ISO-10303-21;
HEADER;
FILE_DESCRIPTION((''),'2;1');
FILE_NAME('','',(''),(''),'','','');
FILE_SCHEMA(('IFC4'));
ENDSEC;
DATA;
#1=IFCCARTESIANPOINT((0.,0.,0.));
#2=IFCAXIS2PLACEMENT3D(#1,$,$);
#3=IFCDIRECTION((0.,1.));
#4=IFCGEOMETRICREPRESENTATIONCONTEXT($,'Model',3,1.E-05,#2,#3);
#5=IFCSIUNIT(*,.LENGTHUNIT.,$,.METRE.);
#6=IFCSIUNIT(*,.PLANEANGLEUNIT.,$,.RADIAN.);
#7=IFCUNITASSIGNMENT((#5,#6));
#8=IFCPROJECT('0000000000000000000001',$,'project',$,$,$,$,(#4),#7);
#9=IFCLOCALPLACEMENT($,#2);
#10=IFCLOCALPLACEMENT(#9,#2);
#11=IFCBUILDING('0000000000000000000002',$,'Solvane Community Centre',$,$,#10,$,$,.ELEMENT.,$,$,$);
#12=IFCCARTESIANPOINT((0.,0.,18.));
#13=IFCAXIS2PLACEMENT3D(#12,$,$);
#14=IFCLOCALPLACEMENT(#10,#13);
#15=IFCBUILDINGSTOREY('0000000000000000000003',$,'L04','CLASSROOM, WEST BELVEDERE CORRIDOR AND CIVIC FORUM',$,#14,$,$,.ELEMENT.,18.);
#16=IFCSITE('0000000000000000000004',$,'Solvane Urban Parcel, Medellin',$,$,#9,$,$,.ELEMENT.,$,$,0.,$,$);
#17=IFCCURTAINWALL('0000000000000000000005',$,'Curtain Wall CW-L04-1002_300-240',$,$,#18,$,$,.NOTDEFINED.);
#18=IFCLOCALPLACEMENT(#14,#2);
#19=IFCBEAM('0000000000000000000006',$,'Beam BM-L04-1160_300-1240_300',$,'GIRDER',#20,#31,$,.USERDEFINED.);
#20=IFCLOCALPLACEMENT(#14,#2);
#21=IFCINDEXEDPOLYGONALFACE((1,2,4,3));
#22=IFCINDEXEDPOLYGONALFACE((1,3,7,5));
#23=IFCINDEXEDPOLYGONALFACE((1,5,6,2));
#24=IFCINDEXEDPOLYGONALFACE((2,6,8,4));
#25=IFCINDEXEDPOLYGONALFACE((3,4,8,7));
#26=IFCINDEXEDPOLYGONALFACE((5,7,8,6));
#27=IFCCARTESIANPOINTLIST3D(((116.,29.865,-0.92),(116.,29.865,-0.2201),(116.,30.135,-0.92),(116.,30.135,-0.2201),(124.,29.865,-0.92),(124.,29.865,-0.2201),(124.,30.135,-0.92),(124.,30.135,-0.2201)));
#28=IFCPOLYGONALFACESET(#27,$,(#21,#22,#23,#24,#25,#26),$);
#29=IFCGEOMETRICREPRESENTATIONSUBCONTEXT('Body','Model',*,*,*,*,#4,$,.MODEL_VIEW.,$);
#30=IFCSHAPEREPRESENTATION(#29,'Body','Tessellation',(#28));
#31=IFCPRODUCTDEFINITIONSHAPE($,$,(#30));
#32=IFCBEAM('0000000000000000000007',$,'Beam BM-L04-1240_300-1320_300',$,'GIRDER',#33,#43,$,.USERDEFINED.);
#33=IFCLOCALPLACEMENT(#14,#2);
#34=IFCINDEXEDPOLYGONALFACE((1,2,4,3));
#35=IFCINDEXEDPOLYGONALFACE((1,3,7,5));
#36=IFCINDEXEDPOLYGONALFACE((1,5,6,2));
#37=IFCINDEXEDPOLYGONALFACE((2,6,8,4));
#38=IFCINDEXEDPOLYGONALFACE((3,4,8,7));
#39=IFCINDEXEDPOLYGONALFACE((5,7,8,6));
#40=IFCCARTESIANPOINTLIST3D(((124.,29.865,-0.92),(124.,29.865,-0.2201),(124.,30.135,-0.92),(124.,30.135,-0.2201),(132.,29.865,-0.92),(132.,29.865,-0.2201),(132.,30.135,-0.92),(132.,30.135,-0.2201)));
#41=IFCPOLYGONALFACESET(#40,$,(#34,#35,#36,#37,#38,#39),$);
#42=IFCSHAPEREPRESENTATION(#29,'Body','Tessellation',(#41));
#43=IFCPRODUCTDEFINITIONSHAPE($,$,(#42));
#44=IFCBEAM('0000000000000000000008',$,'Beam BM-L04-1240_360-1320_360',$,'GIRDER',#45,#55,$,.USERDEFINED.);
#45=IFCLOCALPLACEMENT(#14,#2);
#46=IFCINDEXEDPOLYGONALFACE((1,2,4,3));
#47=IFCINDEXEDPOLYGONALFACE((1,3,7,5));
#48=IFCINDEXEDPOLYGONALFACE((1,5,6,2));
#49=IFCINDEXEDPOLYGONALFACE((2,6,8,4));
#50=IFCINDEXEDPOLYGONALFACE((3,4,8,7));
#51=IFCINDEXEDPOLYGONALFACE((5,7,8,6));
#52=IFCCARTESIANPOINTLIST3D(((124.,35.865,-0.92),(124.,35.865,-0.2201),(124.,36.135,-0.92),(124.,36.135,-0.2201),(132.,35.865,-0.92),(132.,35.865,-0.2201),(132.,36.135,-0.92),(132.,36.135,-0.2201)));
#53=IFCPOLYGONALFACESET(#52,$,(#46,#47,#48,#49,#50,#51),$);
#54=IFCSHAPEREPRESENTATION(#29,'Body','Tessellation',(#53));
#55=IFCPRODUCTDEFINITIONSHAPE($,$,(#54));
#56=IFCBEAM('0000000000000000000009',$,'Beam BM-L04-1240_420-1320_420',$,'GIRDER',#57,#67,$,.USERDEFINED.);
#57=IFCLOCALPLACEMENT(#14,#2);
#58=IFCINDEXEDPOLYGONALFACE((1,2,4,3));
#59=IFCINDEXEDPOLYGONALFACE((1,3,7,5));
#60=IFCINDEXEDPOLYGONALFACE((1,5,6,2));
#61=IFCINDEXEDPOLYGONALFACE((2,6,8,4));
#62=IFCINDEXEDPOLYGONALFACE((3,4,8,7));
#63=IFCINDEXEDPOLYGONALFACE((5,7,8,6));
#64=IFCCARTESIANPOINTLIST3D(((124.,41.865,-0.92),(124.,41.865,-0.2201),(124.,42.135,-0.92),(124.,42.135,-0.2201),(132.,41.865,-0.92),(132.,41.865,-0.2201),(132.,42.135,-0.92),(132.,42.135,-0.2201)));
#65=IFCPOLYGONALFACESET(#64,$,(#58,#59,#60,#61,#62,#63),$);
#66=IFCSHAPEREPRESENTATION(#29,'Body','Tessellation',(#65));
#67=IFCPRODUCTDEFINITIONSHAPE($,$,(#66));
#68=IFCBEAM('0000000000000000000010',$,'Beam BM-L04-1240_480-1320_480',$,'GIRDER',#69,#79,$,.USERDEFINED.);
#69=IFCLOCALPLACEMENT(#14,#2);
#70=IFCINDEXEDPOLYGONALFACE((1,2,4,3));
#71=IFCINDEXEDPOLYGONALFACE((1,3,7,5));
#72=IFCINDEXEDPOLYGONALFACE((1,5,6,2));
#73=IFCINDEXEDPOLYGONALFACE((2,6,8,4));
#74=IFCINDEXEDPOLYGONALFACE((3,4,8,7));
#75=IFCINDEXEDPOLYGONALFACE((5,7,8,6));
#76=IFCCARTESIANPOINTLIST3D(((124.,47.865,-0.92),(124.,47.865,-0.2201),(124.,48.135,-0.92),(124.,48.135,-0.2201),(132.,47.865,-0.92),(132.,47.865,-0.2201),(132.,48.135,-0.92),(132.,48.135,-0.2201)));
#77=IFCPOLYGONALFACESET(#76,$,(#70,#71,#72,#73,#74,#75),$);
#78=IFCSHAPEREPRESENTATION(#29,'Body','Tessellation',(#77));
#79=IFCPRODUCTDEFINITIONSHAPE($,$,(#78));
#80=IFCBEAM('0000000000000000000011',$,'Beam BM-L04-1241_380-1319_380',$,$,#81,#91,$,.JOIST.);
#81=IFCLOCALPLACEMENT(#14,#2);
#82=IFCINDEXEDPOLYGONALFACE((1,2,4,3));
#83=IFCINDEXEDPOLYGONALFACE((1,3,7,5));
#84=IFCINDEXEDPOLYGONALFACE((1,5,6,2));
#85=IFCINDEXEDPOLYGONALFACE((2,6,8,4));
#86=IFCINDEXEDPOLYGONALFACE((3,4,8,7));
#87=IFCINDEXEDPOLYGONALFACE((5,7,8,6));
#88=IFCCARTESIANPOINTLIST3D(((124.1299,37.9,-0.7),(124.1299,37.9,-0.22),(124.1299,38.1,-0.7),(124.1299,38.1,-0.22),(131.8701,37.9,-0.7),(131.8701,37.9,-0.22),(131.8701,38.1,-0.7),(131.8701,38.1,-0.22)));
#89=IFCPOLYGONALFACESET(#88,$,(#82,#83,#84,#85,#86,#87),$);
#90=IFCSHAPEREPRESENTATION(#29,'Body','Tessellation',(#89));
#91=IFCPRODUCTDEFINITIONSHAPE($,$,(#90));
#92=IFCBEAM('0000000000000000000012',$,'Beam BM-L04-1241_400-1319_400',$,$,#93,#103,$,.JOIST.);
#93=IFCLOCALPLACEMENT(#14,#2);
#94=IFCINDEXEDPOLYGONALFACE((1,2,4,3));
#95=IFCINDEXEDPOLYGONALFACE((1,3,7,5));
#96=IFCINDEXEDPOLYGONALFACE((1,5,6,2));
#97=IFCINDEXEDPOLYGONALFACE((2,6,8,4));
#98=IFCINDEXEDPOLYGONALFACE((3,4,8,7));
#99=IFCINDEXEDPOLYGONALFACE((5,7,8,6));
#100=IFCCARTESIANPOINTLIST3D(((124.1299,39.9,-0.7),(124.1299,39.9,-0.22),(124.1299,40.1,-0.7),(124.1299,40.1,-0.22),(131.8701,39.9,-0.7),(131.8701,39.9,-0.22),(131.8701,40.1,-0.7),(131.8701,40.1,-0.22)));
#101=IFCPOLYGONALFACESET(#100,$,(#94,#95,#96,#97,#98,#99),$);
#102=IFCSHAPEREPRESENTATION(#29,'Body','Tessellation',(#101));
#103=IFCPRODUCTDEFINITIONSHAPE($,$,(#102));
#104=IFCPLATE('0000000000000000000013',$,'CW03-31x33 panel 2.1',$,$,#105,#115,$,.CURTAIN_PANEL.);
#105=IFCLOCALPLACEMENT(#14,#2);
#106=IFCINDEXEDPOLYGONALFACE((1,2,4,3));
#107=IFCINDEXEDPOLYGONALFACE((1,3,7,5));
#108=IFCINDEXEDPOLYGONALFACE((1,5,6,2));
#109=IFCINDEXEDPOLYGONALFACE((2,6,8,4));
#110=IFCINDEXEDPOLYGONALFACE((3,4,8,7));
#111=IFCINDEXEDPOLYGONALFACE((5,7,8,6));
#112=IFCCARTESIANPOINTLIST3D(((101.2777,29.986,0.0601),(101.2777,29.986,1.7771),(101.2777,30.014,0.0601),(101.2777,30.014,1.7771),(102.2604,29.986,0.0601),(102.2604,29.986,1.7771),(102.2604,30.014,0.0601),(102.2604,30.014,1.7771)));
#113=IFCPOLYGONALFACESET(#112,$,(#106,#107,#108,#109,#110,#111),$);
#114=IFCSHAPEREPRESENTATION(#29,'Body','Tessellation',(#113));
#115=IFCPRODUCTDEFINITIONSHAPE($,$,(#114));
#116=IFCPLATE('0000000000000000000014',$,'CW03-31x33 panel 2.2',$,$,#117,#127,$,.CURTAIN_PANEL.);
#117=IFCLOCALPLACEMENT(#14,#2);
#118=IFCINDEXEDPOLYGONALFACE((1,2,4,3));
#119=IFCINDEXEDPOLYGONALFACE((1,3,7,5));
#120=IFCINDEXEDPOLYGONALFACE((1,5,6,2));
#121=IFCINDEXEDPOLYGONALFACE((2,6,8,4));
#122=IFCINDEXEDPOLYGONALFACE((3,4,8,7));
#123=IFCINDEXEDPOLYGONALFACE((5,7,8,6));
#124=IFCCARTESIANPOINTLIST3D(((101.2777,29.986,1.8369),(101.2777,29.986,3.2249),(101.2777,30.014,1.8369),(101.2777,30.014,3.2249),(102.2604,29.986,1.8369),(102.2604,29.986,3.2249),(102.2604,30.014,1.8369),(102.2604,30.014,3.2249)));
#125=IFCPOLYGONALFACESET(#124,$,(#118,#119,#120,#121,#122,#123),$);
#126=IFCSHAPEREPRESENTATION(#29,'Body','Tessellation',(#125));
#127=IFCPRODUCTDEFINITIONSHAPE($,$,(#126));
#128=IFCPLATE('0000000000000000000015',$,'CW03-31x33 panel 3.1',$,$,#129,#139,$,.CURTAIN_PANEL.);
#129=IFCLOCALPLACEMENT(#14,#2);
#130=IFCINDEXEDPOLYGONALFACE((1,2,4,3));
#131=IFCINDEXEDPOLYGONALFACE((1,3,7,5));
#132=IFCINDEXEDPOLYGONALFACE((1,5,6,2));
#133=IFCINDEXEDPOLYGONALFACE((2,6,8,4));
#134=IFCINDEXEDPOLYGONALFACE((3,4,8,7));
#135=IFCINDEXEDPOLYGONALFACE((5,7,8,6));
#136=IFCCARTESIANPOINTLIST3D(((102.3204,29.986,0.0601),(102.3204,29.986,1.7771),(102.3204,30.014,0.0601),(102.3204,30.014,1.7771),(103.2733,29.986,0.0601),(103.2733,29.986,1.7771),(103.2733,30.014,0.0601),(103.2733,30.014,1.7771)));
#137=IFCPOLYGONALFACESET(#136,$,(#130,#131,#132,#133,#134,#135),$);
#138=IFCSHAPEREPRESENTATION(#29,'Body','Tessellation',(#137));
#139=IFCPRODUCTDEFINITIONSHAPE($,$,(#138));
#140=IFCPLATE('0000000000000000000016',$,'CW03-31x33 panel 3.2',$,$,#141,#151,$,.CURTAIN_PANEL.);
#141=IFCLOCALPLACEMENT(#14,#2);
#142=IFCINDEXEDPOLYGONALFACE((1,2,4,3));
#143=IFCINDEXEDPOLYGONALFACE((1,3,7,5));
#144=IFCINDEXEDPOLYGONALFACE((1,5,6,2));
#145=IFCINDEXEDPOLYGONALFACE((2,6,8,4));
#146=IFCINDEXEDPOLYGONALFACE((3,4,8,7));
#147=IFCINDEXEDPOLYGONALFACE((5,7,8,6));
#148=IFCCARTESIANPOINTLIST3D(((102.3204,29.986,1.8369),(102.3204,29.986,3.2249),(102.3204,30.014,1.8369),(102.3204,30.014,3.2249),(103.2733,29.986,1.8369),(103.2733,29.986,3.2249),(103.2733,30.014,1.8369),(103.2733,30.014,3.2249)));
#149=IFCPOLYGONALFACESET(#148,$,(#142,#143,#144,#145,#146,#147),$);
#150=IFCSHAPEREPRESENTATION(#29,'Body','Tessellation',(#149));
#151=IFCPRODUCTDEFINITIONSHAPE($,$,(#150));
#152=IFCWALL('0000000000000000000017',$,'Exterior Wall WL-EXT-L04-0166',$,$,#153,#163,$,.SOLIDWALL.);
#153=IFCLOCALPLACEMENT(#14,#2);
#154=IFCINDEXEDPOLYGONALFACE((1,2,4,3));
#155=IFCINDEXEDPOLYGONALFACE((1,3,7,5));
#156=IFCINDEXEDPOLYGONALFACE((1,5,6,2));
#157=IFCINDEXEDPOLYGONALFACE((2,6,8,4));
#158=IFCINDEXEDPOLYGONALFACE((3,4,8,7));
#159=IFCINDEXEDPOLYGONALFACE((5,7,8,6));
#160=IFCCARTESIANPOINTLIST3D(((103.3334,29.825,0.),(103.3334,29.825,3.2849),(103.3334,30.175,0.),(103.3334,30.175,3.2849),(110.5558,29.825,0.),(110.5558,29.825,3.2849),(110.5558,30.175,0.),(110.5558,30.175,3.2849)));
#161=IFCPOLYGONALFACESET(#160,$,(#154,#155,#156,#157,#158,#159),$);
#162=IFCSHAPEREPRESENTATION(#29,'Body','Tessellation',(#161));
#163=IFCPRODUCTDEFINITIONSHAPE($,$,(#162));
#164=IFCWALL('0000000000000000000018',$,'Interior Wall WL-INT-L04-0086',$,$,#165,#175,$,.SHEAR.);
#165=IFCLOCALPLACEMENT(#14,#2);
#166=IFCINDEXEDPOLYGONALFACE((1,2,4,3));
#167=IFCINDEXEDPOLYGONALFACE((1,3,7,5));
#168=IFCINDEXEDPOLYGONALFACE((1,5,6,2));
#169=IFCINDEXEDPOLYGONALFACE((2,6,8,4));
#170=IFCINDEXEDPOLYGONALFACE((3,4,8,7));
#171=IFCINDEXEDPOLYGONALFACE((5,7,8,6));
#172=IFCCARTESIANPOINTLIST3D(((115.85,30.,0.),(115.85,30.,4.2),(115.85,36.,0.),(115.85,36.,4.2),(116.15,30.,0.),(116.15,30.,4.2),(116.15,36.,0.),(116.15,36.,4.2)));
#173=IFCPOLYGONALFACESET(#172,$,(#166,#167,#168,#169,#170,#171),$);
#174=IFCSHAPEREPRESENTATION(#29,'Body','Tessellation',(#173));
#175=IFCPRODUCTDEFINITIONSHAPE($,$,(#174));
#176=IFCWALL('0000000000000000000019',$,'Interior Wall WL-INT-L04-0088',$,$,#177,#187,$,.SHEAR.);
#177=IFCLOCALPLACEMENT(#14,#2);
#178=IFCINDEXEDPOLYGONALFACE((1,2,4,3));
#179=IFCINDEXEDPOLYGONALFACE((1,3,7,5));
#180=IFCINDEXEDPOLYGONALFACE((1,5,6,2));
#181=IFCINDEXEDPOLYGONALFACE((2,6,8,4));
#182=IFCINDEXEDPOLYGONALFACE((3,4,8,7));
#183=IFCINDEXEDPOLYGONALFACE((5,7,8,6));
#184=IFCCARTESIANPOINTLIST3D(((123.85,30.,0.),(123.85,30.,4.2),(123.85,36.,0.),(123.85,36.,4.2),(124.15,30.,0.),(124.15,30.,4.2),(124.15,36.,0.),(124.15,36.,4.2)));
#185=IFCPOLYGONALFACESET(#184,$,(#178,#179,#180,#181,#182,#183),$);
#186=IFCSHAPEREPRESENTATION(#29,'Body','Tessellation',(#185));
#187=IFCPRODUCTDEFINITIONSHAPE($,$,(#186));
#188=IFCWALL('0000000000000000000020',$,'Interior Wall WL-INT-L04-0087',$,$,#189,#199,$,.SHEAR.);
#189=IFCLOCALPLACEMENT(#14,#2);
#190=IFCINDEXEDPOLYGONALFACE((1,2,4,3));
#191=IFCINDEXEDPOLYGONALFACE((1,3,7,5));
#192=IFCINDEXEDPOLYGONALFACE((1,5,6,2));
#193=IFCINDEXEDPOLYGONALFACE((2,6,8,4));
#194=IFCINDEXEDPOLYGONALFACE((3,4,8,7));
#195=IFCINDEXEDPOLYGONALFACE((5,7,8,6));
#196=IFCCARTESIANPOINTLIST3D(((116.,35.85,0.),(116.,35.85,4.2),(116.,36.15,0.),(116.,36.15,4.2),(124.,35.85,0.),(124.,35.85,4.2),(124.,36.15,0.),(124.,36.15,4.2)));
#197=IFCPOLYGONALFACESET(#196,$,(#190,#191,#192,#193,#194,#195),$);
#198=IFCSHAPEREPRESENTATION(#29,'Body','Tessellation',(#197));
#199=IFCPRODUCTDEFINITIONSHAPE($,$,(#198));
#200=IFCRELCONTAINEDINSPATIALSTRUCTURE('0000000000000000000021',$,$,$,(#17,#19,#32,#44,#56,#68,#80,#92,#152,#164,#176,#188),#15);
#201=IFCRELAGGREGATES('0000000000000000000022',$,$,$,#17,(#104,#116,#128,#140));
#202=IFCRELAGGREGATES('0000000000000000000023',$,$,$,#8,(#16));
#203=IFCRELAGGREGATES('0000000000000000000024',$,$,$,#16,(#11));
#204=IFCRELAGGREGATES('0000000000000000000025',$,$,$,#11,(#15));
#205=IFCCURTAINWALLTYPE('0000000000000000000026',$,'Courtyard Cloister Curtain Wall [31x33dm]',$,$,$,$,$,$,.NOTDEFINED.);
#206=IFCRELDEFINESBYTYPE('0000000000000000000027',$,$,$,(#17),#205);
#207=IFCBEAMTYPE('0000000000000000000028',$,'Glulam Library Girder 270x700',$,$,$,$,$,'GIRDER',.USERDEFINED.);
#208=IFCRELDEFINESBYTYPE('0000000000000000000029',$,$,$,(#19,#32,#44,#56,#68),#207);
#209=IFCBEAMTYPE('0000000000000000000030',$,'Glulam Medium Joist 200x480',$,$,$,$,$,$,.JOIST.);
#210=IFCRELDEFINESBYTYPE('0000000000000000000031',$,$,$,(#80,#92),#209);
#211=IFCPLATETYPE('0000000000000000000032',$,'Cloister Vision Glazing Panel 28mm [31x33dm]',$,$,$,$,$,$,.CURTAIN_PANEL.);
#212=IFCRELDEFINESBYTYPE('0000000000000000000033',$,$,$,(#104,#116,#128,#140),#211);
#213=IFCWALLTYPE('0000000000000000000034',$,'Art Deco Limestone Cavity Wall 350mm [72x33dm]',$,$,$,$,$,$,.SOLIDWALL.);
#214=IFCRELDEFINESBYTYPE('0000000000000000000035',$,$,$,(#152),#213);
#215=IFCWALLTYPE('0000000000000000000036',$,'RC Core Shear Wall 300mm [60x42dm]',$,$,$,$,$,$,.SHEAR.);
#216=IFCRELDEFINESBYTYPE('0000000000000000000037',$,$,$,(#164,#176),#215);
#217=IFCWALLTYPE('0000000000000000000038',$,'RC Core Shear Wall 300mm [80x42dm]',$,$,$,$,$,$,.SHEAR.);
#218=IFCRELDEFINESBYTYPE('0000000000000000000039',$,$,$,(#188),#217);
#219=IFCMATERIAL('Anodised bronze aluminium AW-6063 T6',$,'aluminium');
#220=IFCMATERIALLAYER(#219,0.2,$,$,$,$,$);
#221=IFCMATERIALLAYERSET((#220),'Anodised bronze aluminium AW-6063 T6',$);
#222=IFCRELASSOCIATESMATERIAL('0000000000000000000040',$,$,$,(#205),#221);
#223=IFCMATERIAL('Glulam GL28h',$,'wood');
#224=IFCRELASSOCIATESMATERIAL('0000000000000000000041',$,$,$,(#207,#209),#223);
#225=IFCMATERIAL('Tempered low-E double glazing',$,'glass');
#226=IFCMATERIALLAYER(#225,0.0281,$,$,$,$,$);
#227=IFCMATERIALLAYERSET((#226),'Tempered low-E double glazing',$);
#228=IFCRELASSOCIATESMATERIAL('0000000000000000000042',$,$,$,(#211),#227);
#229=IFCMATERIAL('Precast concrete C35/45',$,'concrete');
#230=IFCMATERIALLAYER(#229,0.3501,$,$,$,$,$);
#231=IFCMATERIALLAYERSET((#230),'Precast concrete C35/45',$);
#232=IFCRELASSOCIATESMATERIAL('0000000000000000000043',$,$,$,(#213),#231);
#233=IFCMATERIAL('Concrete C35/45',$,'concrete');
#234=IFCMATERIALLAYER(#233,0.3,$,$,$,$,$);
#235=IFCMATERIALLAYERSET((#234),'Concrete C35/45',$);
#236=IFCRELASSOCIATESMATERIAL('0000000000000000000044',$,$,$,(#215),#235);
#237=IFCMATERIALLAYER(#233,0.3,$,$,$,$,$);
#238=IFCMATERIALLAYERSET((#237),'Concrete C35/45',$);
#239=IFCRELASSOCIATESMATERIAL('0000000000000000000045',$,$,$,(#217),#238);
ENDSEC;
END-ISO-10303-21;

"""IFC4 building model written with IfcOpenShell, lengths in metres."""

from ifc_helpers import new_model, si_unit, direction, frame, frame_2d, origin, origin_2d, place, context, subcontext, project, spatial, rectangle, extrude, material, layer, layer_set, material_profile, profile_set, type_object, element, aggregate, save


model = new_model("IFC4")

# Units and contexts
model_context = context("Model", 3, precision=1e-05, world=origin(), true_north=direction((0.0, 1.0)))
body_context = subcontext(model_context, "Body", "Model", "MODEL_VIEW")
ifc_project = project(units=[si_unit("LENGTHUNIT", "METRE"), si_unit("PLANEANGLEUNIT", "RADIAN")], contexts=[model_context])

# Site, building, storey
site_placement = place(None, origin())
site = spatial("IfcSite", under=ifc_project, at=site_placement, Name="Solvane Urban Parcel, Medellin", CompositionType="ELEMENT", RefElevation=0.0)
building_placement = place(site_placement, origin())
building = spatial("IfcBuilding", under=site, at=building_placement, Name="Solvane Community Centre", CompositionType="ELEMENT")
storey_placement = place(building_placement, frame((0.0, 0.0, 18.0)))
storey = spatial("IfcBuildingStorey", under=building, at=storey_placement, Name="L04", Description="CLASSROOM, WEST BELVEDERE CORRIDOR AND CIVIC FORUM", CompositionType="ELEMENT", Elevation=18.0)

# Curtain wall
ifc_material_1 = material(Name="Anodised bronze aluminium AW-6063 T6", Category="aluminium")
ifc_layer_1 = layer(ifc_material_1, 0.2)
ifc_layer_set_1 = layer_set([ifc_layer_1], Name="Anodised bronze aluminium AW-6063 T6")
curtain_wall_type = type_object("IfcCurtainWallType", Name="Courtyard Cloister Curtain Wall [31x33dm]", PredefinedType="NOTDEFINED", material=ifc_layer_set_1)
curtain_wall_placement = place(storey_placement, origin())
curtain_wall = element("IfcCurtainWall", 1, at=curtain_wall_placement, inside=storey, type_object=curtain_wall_type, Name="Curtain Wall CW-L04-1002_300-240", PredefinedType="NOTDEFINED")

# Beams
ifc_material_2 = material(Name="Glulam GL28h", Category="wood")
ifc_material_profile_1 = material_profile(ifc_material_2, rectangle(XDim=0.27, YDim=0.7, at=origin_2d()), Name="GL28h 270x700")
ifc_profile_set_1 = profile_set([ifc_material_profile_1], Name="Glulam GL28h")
beam_type_1 = type_object("IfcBeamType", Name="Glulam Library Girder 270x700", ElementType="GIRDER", PredefinedType="USERDEFINED", material=ifc_profile_set_1)
for number, where, z_axis, x_axis, name in (
    (2, (116.0, 30.0, -0.5701), (1.0, 0.0, 0.0), (0.0, 1.0, 0.0), "Beam BM-L04-1160_300-1240_300"),
    (3, (124.0, 30.0, -0.5701), (1.0, 0.0, 0.0), (0.0, 1.0, 0.0), "Beam BM-L04-1240_300-1320_300"),
    (4, (124.0, 36.0, -0.5701), (1.0, 0.0, 0.0), (0.0, 1.0, 0.0), "Beam BM-L04-1240_360-1320_360"),
    (5, (124.0, 42.0, -0.5701), (1.0, 0.0, 0.0), (0.0, 1.0, 0.0), "Beam BM-L04-1240_420-1320_420"),
    (6, (124.0, 48.0, -0.5701), (1.0, 0.0, 0.0), (0.0, 1.0, 0.0), "Beam BM-L04-1240_480-1320_480"),
):
    element("IfcBeam", number, at=place(storey_placement, frame(where, z_axis=z_axis, x_axis=x_axis)), inside=storey, type_object=beam_type_1, Name=name, ObjectType="GIRDER", PredefinedType="USERDEFINED", context=body_context, shape_type="SweptSolid", body=[
        extrude(rectangle(XDim=0.27, YDim=0.7, at=origin_2d()), origin(), (0.0, 0.0, 1.0), 8.0),
    ])
ifc_material_profile_2 = material_profile(ifc_material_2, rectangle(XDim=0.2, YDim=0.48, at=origin_2d()), Name="GL28h 200x480")
ifc_profile_set_2 = profile_set([ifc_material_profile_2], Name="Glulam GL28h")
beam_type_2 = type_object("IfcBeamType", Name="Glulam Medium Joist 200x480", PredefinedType="JOIST", material=ifc_profile_set_2)
for number, where, z_axis, x_axis, name in (
    (7, (124.1299, 38.0, -0.46), (1.0, 0.0, 0.0), (0.0, 1.0, 0.0), "Beam BM-L04-1241_380-1319_380"),
    (8, (124.1299, 40.0, -0.46), (1.0, 0.0, 0.0), (0.0, 1.0, 0.0), "Beam BM-L04-1241_400-1319_400"),
):
    element("IfcBeam", number, at=place(storey_placement, frame(where, z_axis=z_axis, x_axis=x_axis)), inside=storey, type_object=beam_type_2, Name=name, PredefinedType="JOIST", context=body_context, shape_type="SweptSolid", body=[
        extrude(rectangle(XDim=0.2, YDim=0.48, at=origin_2d()), origin(), (0.0, 0.0, 1.0), 7.7402),
    ])

# Plates
ifc_material_3 = material(Name="Tempered low-E double glazing", Category="glass")
ifc_layer_2 = layer(ifc_material_3, 0.0281)
ifc_layer_set_2 = layer_set([ifc_layer_2], Name="Tempered low-E double glazing")
plate_type = type_object("IfcPlateType", Name="Cloister Vision Glazing Panel 28mm [31x33dm]", PredefinedType="CURTAIN_PANEL", material=ifc_layer_set_2)
plate_1_placement = place(storey_placement, frame((101.769, 30.0, 0.0601), z_axis=(0.0, 0.0, 1.0), x_axis=(1.0, 0.0, 0.0)))
plate_1 = element("IfcPlate", 9, at=plate_1_placement, type_object=plate_type, Name="CW03-31x33 panel 2.1", PredefinedType="CURTAIN_PANEL", context=body_context, shape_type="SweptSolid", body=[
    extrude(rectangle(XDim=0.9827, YDim=0.0281, at=origin_2d()), origin(), (0.0, 0.0, 1.0), 1.717),
])
plate_2_placement = place(storey_placement, frame((101.769, 30.0, 1.8369), z_axis=(0.0, 0.0, 1.0), x_axis=(1.0, 0.0, 0.0)))
plate_2 = element("IfcPlate", 10, at=plate_2_placement, type_object=plate_type, Name="CW03-31x33 panel 2.2", PredefinedType="CURTAIN_PANEL", context=body_context, shape_type="SweptSolid", body=[
    extrude(rectangle(XDim=0.9827, YDim=0.0281, at=origin_2d()), origin(), (0.0, 0.0, 1.0), 1.3879),
])
plate_3_placement = place(storey_placement, frame((102.7969, 30.0, 0.0601), z_axis=(0.0, 0.0, 1.0), x_axis=(1.0, 0.0, 0.0)))
plate_3 = element("IfcPlate", 11, at=plate_3_placement, type_object=plate_type, Name="CW03-31x33 panel 3.1", PredefinedType="CURTAIN_PANEL", context=body_context, shape_type="SweptSolid", body=[
    extrude(rectangle(XDim=0.9529, YDim=0.0281, at=origin_2d()), origin(), (0.0, 0.0, 1.0), 1.717),
])
plate_4_placement = place(storey_placement, frame((102.7969, 30.0, 1.8369), z_axis=(0.0, 0.0, 1.0), x_axis=(1.0, 0.0, 0.0)))
plate_4 = element("IfcPlate", 12, at=plate_4_placement, type_object=plate_type, Name="CW03-31x33 panel 3.2", PredefinedType="CURTAIN_PANEL", context=body_context, shape_type="SweptSolid", body=[
    extrude(rectangle(XDim=0.9529, YDim=0.0281, at=origin_2d()), origin(), (0.0, 0.0, 1.0), 1.3879),
])
aggregate(curtain_wall, [plate_1, plate_2, plate_3, plate_4])

# Walls
ifc_material_4 = material(Name="Precast concrete C35/45", Category="concrete")
ifc_layer_3 = layer(ifc_material_4, 0.3501)
ifc_layer_set_3 = layer_set([ifc_layer_3], Name="Precast concrete C35/45")
wall_type_1 = type_object("IfcWallType", Name="Art Deco Limestone Cavity Wall 350mm [72x33dm]", PredefinedType="SOLIDWALL", material=ifc_layer_set_3)
wall_1_placement = place(storey_placement, frame((103.3333, 30.0, 0.0), z_axis=(0.0, 0.0, 1.0), x_axis=(1.0, 0.0, 0.0)))
element("IfcWall", 13, at=wall_1_placement, inside=storey, type_object=wall_type_1, Name="Exterior Wall WL-EXT-L04-0166", PredefinedType="SOLIDWALL", context=body_context, shape_type="SweptSolid", body=[
    extrude(rectangle(XDim=7.2224, YDim=0.3501, at=frame_2d((3.6113, 0.0))), origin(), (0.0, 0.0, 1.0), 3.2849),
])
ifc_material_5 = material(Name="Concrete C35/45", Category="concrete")
ifc_layer_4 = layer(ifc_material_5, 0.3)
ifc_layer_set_4 = layer_set([ifc_layer_4], Name="Concrete C35/45")
wall_type_2 = type_object("IfcWallType", Name="RC Core Shear Wall 300mm [60x42dm]", PredefinedType="SHEAR", material=ifc_layer_set_4)
for number, where, z_axis, x_axis, name in (
    (14, (116.0, 30.0, 0.0), (0.0, 0.0, 1.0), (0.0, 1.0, 0.0), "Interior Wall WL-INT-L04-0086"),
    (15, (124.0, 36.0, 0.0), (0.0, 0.0, 1.0), (0.0, -1.0, 0.0), "Interior Wall WL-INT-L04-0088"),
):
    element("IfcWall", number, at=place(storey_placement, frame(where, z_axis=z_axis, x_axis=x_axis)), inside=storey, type_object=wall_type_2, Name=name, PredefinedType="SHEAR", context=body_context, shape_type="SweptSolid", body=[
        extrude(rectangle(XDim=6.0, YDim=0.3, at=frame_2d((3.0, 0.0))), origin(), (0.0, 0.0, 1.0), 4.2),
    ])
ifc_layer_5 = layer(ifc_material_5, 0.3)
ifc_layer_set_5 = layer_set([ifc_layer_5], Name="Concrete C35/45")
wall_type_3 = type_object("IfcWallType", Name="RC Core Shear Wall 300mm [80x42dm]", PredefinedType="SHEAR", material=ifc_layer_set_5)
wall_2_placement = place(storey_placement, frame((116.0, 36.0, 0.0), z_axis=(0.0, 0.0, 1.0), x_axis=(1.0, 0.0, 0.0)))
element("IfcWall", 16, at=wall_2_placement, inside=storey, type_object=wall_type_3, Name="Interior Wall WL-INT-L04-0087", PredefinedType="SHEAR", context=body_context, shape_type="SweptSolid", body=[
    extrude(rectangle(XDim=8.0, YDim=0.3, at=frame_2d((4.0, 0.0))), origin(), (0.0, 0.0, 1.0), 4.2),
])

save(model, "model.ifc")
